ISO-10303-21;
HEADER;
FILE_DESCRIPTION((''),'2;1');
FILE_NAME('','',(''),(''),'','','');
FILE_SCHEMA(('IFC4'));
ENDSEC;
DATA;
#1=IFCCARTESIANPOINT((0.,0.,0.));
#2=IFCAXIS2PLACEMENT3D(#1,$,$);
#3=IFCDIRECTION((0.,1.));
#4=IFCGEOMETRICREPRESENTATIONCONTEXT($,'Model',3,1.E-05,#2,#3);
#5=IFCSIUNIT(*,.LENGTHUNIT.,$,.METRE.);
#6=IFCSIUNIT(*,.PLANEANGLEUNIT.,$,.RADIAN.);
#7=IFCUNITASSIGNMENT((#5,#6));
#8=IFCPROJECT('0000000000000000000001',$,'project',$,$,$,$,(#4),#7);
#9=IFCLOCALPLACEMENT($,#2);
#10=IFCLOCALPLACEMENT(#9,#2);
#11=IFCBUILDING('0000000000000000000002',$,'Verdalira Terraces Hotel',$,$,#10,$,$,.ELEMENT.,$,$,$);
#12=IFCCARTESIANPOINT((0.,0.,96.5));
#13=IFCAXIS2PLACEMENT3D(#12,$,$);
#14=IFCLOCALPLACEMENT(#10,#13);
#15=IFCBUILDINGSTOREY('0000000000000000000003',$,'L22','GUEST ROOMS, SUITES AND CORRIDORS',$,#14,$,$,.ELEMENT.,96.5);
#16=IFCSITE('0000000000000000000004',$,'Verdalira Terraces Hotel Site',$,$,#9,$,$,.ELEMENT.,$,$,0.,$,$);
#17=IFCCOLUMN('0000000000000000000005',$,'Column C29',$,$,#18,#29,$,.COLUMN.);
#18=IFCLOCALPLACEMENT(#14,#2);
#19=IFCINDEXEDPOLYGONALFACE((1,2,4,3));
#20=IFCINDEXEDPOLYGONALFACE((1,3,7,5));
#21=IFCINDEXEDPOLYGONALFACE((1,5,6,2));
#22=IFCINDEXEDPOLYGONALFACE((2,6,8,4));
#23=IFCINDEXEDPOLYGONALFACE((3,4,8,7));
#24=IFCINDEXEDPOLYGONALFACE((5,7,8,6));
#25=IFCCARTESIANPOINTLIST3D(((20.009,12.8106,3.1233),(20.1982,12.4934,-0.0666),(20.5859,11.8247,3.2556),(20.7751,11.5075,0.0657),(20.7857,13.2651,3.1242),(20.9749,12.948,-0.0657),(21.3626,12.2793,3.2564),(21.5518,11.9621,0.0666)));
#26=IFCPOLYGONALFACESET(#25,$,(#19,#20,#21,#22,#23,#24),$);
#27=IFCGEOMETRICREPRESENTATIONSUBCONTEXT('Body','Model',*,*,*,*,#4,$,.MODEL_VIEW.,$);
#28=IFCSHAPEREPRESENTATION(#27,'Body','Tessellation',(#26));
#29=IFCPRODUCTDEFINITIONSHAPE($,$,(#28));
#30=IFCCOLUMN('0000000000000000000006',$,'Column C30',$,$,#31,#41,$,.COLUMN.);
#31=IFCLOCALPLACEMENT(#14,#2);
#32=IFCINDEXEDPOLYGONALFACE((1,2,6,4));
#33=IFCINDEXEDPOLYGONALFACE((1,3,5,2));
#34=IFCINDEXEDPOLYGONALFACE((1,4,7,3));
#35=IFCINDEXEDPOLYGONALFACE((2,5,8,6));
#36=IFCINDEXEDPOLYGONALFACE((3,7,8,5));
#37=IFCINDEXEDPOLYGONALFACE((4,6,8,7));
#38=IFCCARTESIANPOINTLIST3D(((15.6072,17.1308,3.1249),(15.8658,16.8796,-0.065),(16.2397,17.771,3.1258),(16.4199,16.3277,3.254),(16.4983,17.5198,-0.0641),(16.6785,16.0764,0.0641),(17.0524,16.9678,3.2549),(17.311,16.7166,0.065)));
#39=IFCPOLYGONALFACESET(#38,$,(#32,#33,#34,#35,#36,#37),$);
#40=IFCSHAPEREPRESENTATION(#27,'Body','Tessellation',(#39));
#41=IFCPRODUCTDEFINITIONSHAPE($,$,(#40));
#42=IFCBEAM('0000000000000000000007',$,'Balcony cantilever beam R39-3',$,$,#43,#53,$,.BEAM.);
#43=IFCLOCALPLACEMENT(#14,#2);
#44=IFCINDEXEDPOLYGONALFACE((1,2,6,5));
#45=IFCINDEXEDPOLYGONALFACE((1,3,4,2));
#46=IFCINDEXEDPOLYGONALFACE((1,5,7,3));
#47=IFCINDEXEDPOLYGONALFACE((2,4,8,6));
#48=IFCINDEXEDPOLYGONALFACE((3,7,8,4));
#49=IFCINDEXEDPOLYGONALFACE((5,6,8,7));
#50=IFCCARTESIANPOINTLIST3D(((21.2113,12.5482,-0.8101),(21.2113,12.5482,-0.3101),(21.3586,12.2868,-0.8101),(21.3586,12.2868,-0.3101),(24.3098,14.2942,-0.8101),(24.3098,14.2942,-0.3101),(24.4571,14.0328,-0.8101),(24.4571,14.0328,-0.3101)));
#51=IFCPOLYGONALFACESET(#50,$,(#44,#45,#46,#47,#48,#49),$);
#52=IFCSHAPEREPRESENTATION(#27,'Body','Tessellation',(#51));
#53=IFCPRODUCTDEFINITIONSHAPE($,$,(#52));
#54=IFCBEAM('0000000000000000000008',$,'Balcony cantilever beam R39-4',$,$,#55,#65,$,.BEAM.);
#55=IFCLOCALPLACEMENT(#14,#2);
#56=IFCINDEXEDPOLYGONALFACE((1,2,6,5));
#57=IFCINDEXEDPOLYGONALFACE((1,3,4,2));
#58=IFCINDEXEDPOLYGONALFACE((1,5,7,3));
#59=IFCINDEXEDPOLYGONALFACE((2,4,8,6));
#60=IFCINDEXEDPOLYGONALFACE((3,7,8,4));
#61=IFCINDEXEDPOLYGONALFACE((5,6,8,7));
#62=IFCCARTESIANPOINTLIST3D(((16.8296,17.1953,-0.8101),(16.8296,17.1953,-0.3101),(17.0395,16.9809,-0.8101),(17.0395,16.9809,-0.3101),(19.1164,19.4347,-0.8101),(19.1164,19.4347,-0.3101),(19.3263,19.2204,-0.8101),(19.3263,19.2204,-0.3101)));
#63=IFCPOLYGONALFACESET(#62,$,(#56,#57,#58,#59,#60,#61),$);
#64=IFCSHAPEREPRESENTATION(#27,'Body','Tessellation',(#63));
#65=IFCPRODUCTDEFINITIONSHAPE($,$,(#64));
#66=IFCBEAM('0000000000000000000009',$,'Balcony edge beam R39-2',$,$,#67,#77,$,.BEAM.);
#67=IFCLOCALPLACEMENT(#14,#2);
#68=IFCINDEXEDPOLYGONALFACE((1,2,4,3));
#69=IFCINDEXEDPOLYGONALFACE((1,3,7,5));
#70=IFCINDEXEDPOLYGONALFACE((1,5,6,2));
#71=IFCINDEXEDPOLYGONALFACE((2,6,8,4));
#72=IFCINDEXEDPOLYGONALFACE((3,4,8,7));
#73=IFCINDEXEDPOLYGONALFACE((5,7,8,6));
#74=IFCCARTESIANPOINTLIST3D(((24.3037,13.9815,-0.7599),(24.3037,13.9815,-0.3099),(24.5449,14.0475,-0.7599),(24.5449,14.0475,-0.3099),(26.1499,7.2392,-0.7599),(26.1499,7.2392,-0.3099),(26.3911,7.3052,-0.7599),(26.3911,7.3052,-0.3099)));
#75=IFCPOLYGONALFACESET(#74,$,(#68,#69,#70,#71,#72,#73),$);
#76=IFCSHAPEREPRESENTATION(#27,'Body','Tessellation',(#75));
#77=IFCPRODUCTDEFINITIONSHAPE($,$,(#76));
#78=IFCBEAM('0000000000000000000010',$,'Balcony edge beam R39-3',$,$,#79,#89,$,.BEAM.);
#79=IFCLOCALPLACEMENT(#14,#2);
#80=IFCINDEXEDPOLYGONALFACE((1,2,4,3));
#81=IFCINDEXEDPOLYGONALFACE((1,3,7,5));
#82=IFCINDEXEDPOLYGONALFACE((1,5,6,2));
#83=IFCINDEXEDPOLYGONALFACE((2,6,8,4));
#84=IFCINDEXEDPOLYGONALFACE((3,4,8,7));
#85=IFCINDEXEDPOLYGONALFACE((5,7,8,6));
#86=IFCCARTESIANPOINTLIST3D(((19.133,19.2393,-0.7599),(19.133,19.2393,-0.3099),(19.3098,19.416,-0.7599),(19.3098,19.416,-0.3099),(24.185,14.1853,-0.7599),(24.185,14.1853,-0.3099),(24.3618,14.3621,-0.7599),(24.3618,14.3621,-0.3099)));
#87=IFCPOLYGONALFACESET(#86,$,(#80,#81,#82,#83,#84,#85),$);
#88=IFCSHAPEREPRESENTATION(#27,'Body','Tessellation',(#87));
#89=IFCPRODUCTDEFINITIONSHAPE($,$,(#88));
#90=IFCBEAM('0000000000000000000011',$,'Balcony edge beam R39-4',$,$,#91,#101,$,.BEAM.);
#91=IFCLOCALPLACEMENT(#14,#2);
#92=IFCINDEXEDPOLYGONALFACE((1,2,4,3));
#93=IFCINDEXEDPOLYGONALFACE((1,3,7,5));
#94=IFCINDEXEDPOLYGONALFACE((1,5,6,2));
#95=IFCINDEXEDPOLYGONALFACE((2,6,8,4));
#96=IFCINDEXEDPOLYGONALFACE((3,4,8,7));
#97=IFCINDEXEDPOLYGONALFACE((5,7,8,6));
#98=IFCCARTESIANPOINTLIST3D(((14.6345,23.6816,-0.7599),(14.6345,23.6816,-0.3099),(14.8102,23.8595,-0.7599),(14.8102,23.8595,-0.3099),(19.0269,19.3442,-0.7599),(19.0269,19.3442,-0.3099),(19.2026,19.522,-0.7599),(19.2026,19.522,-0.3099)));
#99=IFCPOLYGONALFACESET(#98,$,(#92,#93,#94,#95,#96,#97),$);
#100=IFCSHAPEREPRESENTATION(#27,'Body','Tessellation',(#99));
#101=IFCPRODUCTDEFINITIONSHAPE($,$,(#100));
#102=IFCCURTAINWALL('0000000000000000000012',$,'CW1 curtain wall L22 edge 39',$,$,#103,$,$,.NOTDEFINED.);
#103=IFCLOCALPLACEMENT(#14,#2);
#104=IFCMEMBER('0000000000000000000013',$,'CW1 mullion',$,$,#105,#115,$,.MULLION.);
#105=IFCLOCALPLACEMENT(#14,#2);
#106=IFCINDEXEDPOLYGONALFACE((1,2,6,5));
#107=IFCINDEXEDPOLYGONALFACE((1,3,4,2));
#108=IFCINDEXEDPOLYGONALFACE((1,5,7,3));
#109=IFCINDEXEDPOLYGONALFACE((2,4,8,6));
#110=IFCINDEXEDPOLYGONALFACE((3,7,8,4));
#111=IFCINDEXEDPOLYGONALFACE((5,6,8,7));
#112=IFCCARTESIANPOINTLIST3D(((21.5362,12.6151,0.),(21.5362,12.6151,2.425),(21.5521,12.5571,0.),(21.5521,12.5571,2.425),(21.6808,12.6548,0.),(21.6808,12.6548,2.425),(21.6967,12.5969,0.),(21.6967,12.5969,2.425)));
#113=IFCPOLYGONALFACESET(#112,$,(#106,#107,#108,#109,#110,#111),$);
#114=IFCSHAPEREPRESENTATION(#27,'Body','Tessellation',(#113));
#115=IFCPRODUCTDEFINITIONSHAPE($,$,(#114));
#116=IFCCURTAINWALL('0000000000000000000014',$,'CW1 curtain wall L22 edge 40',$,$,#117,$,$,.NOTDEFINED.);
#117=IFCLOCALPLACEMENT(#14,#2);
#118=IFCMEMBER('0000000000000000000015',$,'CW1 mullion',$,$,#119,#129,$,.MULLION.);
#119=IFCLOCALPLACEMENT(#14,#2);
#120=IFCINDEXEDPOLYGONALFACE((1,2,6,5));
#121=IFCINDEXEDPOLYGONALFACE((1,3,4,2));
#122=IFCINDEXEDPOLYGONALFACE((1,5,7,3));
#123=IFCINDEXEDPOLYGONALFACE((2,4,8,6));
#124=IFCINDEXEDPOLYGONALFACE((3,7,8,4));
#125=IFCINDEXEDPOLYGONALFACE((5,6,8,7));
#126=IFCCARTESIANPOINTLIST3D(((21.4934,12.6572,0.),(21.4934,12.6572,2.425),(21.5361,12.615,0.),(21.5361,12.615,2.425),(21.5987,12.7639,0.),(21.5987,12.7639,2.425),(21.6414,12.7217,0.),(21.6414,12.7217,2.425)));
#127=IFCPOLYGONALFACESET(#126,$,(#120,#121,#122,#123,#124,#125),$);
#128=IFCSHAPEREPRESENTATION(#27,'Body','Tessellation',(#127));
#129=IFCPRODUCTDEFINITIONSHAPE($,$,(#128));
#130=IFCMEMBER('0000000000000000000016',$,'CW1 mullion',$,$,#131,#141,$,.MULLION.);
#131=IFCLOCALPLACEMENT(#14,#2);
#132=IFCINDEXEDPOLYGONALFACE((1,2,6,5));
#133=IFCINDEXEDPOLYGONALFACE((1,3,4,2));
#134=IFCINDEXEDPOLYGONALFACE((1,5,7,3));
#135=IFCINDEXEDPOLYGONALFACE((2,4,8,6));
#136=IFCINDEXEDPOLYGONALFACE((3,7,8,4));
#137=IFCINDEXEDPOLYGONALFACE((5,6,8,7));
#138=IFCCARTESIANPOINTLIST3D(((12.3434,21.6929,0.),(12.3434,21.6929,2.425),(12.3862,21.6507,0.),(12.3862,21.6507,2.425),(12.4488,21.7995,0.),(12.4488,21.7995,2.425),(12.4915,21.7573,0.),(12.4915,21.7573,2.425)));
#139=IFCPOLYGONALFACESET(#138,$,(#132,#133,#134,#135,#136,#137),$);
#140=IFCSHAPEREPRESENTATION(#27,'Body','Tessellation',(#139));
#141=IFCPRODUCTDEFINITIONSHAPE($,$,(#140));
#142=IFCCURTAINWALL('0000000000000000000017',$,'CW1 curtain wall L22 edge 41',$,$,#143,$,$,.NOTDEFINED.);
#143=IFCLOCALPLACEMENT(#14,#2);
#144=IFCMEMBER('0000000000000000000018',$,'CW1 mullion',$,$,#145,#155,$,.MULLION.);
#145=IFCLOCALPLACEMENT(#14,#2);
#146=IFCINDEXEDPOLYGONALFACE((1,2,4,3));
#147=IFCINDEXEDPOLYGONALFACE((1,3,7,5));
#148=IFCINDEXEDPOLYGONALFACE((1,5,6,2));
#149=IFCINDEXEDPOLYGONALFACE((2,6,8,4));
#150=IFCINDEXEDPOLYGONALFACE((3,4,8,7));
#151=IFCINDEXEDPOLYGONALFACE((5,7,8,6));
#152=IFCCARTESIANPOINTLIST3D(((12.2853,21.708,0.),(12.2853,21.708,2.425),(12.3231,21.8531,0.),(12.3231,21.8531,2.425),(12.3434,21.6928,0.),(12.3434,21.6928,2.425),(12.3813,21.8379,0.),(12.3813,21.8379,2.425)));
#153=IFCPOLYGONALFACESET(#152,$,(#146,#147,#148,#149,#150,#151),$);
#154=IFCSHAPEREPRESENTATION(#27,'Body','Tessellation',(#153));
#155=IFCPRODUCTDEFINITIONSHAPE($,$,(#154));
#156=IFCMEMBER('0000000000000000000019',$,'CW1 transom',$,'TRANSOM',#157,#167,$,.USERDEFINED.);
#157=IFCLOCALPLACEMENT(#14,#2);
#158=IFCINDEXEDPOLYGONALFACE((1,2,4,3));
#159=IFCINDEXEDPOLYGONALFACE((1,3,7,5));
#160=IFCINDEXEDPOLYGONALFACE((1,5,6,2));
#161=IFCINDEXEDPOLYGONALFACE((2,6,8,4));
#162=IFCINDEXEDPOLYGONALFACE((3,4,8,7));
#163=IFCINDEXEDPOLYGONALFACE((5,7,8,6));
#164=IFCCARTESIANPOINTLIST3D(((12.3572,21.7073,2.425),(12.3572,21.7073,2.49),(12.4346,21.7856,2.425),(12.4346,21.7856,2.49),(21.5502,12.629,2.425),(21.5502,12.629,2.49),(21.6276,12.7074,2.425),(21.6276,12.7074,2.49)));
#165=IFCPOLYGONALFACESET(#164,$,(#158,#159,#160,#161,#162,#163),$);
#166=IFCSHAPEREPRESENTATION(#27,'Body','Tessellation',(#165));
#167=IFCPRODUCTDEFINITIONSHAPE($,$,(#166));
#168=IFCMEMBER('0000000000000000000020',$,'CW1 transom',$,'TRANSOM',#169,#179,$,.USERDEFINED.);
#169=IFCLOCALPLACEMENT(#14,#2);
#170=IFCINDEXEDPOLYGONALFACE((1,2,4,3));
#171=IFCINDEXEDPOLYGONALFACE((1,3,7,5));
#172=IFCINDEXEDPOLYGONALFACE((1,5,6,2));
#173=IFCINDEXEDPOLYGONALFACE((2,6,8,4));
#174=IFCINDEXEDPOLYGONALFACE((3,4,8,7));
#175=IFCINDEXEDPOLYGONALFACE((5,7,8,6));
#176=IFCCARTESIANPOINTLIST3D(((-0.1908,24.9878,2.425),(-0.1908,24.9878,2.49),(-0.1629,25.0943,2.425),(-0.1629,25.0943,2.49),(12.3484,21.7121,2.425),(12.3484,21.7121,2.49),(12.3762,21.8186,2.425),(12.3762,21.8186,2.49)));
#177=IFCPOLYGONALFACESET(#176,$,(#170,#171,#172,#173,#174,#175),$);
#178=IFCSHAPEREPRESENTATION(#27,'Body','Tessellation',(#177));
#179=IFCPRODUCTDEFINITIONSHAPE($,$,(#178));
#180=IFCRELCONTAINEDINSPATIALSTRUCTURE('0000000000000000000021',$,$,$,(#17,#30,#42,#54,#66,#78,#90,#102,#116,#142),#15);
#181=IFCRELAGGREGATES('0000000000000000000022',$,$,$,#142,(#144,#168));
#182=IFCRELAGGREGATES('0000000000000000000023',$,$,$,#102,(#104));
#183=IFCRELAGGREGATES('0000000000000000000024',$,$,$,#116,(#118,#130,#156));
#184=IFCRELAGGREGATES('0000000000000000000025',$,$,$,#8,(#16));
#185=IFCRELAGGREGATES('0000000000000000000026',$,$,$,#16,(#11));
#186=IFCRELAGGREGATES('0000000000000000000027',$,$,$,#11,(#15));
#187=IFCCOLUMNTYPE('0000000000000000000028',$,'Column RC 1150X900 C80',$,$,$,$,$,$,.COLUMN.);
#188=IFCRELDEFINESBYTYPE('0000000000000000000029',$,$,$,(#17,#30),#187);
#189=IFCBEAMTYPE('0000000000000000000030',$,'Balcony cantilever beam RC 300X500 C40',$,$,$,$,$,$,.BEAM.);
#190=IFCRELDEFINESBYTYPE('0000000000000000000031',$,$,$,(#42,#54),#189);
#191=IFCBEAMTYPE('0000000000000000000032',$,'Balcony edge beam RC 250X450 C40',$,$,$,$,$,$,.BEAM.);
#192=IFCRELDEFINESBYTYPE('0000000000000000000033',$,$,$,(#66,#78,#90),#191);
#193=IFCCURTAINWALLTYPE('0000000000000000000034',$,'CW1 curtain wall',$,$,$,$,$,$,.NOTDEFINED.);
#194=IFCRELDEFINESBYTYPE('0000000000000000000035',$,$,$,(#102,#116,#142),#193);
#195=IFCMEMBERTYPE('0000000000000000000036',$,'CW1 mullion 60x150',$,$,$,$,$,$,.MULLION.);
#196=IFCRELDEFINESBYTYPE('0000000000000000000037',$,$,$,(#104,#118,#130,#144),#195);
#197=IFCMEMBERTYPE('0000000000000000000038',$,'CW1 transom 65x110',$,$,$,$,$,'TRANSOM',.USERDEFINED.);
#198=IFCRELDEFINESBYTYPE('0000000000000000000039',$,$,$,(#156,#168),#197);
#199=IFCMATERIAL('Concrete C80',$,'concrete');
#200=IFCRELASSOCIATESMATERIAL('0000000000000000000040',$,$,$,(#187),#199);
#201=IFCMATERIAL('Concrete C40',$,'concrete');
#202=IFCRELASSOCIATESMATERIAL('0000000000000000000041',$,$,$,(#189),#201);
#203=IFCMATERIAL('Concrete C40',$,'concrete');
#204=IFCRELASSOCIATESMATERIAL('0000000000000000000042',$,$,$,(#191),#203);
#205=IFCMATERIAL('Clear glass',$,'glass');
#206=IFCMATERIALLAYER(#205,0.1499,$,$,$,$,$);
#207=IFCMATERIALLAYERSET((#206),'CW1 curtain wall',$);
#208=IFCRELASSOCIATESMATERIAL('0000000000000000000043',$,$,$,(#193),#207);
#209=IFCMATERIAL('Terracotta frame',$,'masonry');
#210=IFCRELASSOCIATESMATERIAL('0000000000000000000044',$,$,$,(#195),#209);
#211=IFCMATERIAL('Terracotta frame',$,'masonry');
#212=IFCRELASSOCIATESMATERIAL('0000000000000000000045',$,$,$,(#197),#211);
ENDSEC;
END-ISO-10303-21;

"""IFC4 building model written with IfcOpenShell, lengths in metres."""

from ifc_helpers import new_model, si_unit, direction, frame, origin, origin_2d, place, context, subcontext, project, spatial, rectangle, extrude, material, layer, layer_set, material_profile, profile_set, type_object, element, aggregate, save


model = new_model("IFC4")

# Units and contexts
model_context = context("Model", 3, precision=1e-05, world=origin(), true_north=direction((0.0, 1.0)))
body_context = subcontext(model_context, "Body", "Model", "MODEL_VIEW")
ifc_project = project(units=[si_unit("LENGTHUNIT", "METRE"), si_unit("PLANEANGLEUNIT", "RADIAN")], contexts=[model_context])

# Site, building, storey
site_placement = place(None, origin())
site = spatial("IfcSite", under=ifc_project, at=site_placement, Name="Verdalira Terraces Hotel Site", CompositionType="ELEMENT", RefElevation=0.0)
building_placement = place(site_placement, origin())
building = spatial("IfcBuilding", under=site, at=building_placement, Name="Verdalira Terraces Hotel", CompositionType="ELEMENT")
storey_placement = place(building_placement, frame((0.0, 0.0, 96.5)))
storey = spatial("IfcBuildingStorey", under=building, at=storey_placement, Name="L22", Description="GUEST ROOMS, SUITES AND CORRIDORS", CompositionType="ELEMENT", Elevation=96.5)

# Columns
ifc_material_1 = material(Name="Concrete C80", Category="concrete")
ifc_material_profile_1 = material_profile(ifc_material_1, rectangle(XDim=1.1499, YDim=0.8999, at=origin_2d()), Name="RC 1150X900")
ifc_profile_set_1 = profile_set([ifc_material_profile_1], Name="Concrete C80")
column_type = type_object("IfcColumnType", Name="Column RC 1150X900 C80", PredefinedType="COLUMN", material=ifc_profile_set_1)
column_1_placement = place(storey_placement, frame((20.875, 12.2278, 0.0), z_axis=(-0.058921, 0.098759, 0.993366), x_axis=(0.501696, -0.857367, 0.114996)))
element("IfcColumn", 1, at=column_1_placement, inside=storey, type_object=column_type, Name="Column C29", PredefinedType="COLUMN", context=body_context, shape_type="SweptSolid", body=[
    extrude(rectangle(XDim=1.1499, YDim=0.8999, at=origin_2d()), origin(), (0.0, 0.0, 1.0), 3.2112),
])
column_2_placement = place(storey_placement, frame((16.5884, 16.7981, 0.0), z_axis=(-0.080537, 0.078256, 0.993675), x_axis=(-0.706755, 0.69849, -0.112291)))
element("IfcColumn", 2, at=column_2_placement, inside=storey, type_object=column_type, Name="Column C30", PredefinedType="COLUMN", context=body_context, shape_type="SweptSolid", body=[
    extrude(rectangle(XDim=1.1499, YDim=0.8999, at=origin_2d()), origin(), (0.0, 0.0, 1.0), 3.2102),
])

# Beams
ifc_material_2 = material(Name="Concrete C40", Category="concrete")
ifc_material_profile_2 = material_profile(ifc_material_2, rectangle(XDim=0.3, YDim=0.5, at=origin_2d()), Name="RC 300X500")
ifc_profile_set_2 = profile_set([ifc_material_profile_2], Name="Concrete C40")
beam_type_1 = type_object("IfcBeamType", Name="Balcony cantilever beam RC 300X500 C40", PredefinedType="BEAM", material=ifc_profile_set_2)
beam_1_placement = place(storey_placement, frame((21.2849, 12.4175, -0.5601), z_axis=(0.871201, 0.490926, 0.0), x_axis=(-0.490926, 0.871201, 0.0)))
element("IfcBeam", 3, at=beam_1_placement, inside=storey, type_object=beam_type_1, Name="Balcony cantilever beam R39-3", PredefinedType="BEAM", context=body_context, shape_type="SweptSolid", body=[
    extrude(rectangle(XDim=0.3, YDim=0.5, at=origin_2d()), origin(), (0.0, 0.0, 1.0), 3.5566),
])
beam_2_placement = place(storey_placement, frame((16.9346, 17.0881, -0.5601), z_axis=(0.714467, 0.699669, 0.0), x_axis=(-0.699669, 0.714467, 0.0)))
element("IfcBeam", 4, at=beam_2_placement, inside=storey, type_object=beam_type_1, Name="Balcony cantilever beam R39-4", PredefinedType="BEAM", context=body_context, shape_type="SweptSolid", body=[
    extrude(rectangle(XDim=0.3, YDim=0.5, at=origin_2d()), origin(), (0.0, 0.0, 1.0), 3.2007),
])
ifc_material_3 = material(Name="Concrete C40", Category="concrete")
ifc_material_profile_3 = material_profile(ifc_material_3, rectangle(XDim=0.25, YDim=0.45, at=origin_2d()), Name="RC 250X450")
ifc_profile_set_3 = profile_set([ifc_material_profile_3], Name="Concrete C40")
beam_type_2 = type_object("IfcBeamType", Name="Balcony edge beam RC 250X450 C40", PredefinedType="BEAM", material=ifc_profile_set_3)
beam_3_placement = place(storey_placement, frame((26.2705, 7.2722, -0.5349), z_axis=(-0.264104, 0.964494, 0.0), x_axis=(-0.964494, -0.264104, 0.0)))
element("IfcBeam", 5, at=beam_3_placement, inside=storey, type_object=beam_type_2, Name="Balcony edge beam R39-2", PredefinedType="BEAM", context=body_context, shape_type="SweptSolid", body=[
    extrude(rectangle(XDim=0.25, YDim=0.45, at=origin_2d()), origin(), (0.0, 0.0, 1.0), 6.9905),
])
beam_4_placement = place(storey_placement, frame((24.2734, 14.2737, -0.5349), z_axis=(-0.70697, 0.707243, 0.0), x_axis=(-0.707243, -0.70697, 0.0)))
element("IfcBeam", 6, at=beam_4_placement, inside=storey, type_object=beam_type_2, Name="Balcony edge beam R39-3", PredefinedType="BEAM", context=body_context, shape_type="SweptSolid", body=[
    extrude(rectangle(XDim=0.25, YDim=0.45, at=origin_2d()), origin(), (0.0, 0.0, 1.0), 7.146),
])
beam_5_placement = place(storey_placement, frame((19.1147, 19.4331, -0.5349), z_axis=(-0.711542, 0.702643, 0.0), x_axis=(-0.702643, -0.711542, 0.0)))
element("IfcBeam", 7, at=beam_5_placement, inside=storey, type_object=beam_type_2, Name="Balcony edge beam R39-4", PredefinedType="BEAM", context=body_context, shape_type="SweptSolid", body=[
    extrude(rectangle(XDim=0.25, YDim=0.45, at=origin_2d()), origin(), (0.0, 0.0, 1.0), 6.1731),
])

# Curtain wall, member
ifc_material_4 = material(Name="Clear glass", Category="glass")
ifc_layer_1 = layer(ifc_material_4, 0.1499)
ifc_layer_set_1 = layer_set([ifc_layer_1], Name="CW1 curtain wall")
curtain_wall_type = type_object("IfcCurtainWallType", Name="CW1 curtain wall", PredefinedType="NOTDEFINED", material=ifc_layer_set_1)
curtain_wall_1_placement = place(storey_placement, origin())
curtain_wall_1 = element("IfcCurtainWall", 8, at=curtain_wall_1_placement, inside=storey, type_object=curtain_wall_type, Name="CW1 curtain wall L22 edge 39", PredefinedType="NOTDEFINED")
ifc_material_5 = material(Name="Terracotta frame", Category="masonry")
ifc_material_profile_4 = material_profile(ifc_material_5, rectangle(XDim=0.0601, YDim=0.1499, at=origin_2d()), Name="MU 60x150")
ifc_profile_set_4 = profile_set([ifc_material_profile_4], Name="Terracotta frame")
member_type_1 = type_object("IfcMemberType", Name="CW1 mullion 60x150", PredefinedType="MULLION", material=ifc_profile_set_4)
member_1_placement = place(storey_placement, frame((21.6165, 12.606, 0.0), z_axis=(0.0, 0.0, 1.0), x_axis=(-0.264883, 0.964281, 0.0)))
member_1 = element("IfcMember", 9, at=member_1_placement, type_object=member_type_1, Name="CW1 mullion", PredefinedType="MULLION", context=body_context, shape_type="SweptSolid", body=[
    extrude(rectangle(XDim=0.0601, YDim=0.1499, at=origin_2d()), origin(), (0.0, 0.0, 1.0), 2.425),
])

# Curtain wall, members
curtain_wall_2_placement = place(storey_placement, origin())
curtain_wall_2 = element("IfcCurtainWall", 10, at=curtain_wall_2_placement, inside=storey, type_object=curtain_wall_type, Name="CW1 curtain wall L22 edge 40", PredefinedType="NOTDEFINED")
member_2_placement = place(storey_placement, frame((21.5674, 12.6895, 0.0), z_axis=(0.0, 0.0, 1.0), x_axis=(-0.711536, 0.70265, 0.0)))
member_2 = element("IfcMember", 11, at=member_2_placement, type_object=member_type_1, Name="CW1 mullion", PredefinedType="MULLION", context=body_context, shape_type="SweptSolid", body=[
    extrude(rectangle(XDim=0.0601, YDim=0.1499, at=origin_2d()), origin(), (0.0, 0.0, 1.0), 2.425),
])
member_3_placement = place(storey_placement, frame((12.4175, 21.7251, 0.0), z_axis=(0.0, 0.0, 1.0), x_axis=(-0.711536, 0.70265, 0.0)))
member_3 = element("IfcMember", 12, at=member_3_placement, type_object=member_type_1, Name="CW1 mullion", PredefinedType="MULLION", context=body_context, shape_type="SweptSolid", body=[
    extrude(rectangle(XDim=0.0601, YDim=0.1499, at=origin_2d()), origin(), (0.0, 0.0, 1.0), 2.425),
])

# Curtain wall, member
curtain_wall_3_placement = place(storey_placement, origin())
curtain_wall_3 = element("IfcCurtainWall", 13, at=curtain_wall_3_placement, inside=storey, type_object=curtain_wall_type, Name="CW1 curtain wall L22 edge 41", PredefinedType="NOTDEFINED")
member_4_placement = place(storey_placement, frame((12.3333, 21.7729, 0.0), z_axis=(0.0, 0.0, 1.0), x_axis=(-0.967533, 0.252745, 0.0)))
member_4 = element("IfcMember", 14, at=member_4_placement, type_object=member_type_1, Name="CW1 mullion", PredefinedType="MULLION", context=body_context, shape_type="SweptSolid", body=[
    extrude(rectangle(XDim=0.0601, YDim=0.1499, at=origin_2d()), origin(), (0.0, 0.0, 1.0), 2.425),
])

# Members
ifc_material_6 = material(Name="Terracotta frame", Category="masonry")
ifc_material_profile_5 = material_profile(ifc_material_6, rectangle(XDim=0.1101, YDim=0.0649, at=origin_2d()), Name="TR 65x110")
ifc_profile_set_5 = profile_set([ifc_material_profile_5], Name="Terracotta frame")
member_type_2 = type_object("IfcMemberType", Name="CW1 transom 65x110", ElementType="TRANSOM", PredefinedType="USERDEFINED", material=ifc_profile_set_5)
member_5_placement = place(storey_placement, frame((21.5889, 12.6682, 2.4575), z_axis=(-0.711534, 0.702652, 0.0), x_axis=(-0.702652, -0.711534, 0.0)))
member_5 = element("IfcMember", 15, at=member_5_placement, type_object=member_type_2, Name="CW1 transom", ObjectType="TRANSOM", PredefinedType="USERDEFINED", context=body_context, shape_type="SweptSolid", body=[
    extrude(rectangle(XDim=0.1101, YDim=0.0649, at=origin_2d()), origin(), (0.0, 0.0, 1.0), 12.9199),
])
member_6_placement = place(storey_placement, frame((12.3623, 21.7654, 2.4575), z_axis=(-0.967531, 0.252752, 0.0), x_axis=(-0.252752, -0.967531, 0.0)))
member_6 = element("IfcMember", 16, at=member_6_placement, type_object=member_type_2, Name="CW1 transom", ObjectType="TRANSOM", PredefinedType="USERDEFINED", context=body_context, shape_type="SweptSolid", body=[
    extrude(rectangle(XDim=0.1101, YDim=0.0649, at=origin_2d()), origin(), (0.0, 0.0, 1.0), 12.96),
])
aggregate(curtain_wall_3, [member_4, member_6])

aggregate(curtain_wall_1, [member_1])
aggregate(curtain_wall_2, [member_2, member_3, member_5])

save(model, "model.ifc")
